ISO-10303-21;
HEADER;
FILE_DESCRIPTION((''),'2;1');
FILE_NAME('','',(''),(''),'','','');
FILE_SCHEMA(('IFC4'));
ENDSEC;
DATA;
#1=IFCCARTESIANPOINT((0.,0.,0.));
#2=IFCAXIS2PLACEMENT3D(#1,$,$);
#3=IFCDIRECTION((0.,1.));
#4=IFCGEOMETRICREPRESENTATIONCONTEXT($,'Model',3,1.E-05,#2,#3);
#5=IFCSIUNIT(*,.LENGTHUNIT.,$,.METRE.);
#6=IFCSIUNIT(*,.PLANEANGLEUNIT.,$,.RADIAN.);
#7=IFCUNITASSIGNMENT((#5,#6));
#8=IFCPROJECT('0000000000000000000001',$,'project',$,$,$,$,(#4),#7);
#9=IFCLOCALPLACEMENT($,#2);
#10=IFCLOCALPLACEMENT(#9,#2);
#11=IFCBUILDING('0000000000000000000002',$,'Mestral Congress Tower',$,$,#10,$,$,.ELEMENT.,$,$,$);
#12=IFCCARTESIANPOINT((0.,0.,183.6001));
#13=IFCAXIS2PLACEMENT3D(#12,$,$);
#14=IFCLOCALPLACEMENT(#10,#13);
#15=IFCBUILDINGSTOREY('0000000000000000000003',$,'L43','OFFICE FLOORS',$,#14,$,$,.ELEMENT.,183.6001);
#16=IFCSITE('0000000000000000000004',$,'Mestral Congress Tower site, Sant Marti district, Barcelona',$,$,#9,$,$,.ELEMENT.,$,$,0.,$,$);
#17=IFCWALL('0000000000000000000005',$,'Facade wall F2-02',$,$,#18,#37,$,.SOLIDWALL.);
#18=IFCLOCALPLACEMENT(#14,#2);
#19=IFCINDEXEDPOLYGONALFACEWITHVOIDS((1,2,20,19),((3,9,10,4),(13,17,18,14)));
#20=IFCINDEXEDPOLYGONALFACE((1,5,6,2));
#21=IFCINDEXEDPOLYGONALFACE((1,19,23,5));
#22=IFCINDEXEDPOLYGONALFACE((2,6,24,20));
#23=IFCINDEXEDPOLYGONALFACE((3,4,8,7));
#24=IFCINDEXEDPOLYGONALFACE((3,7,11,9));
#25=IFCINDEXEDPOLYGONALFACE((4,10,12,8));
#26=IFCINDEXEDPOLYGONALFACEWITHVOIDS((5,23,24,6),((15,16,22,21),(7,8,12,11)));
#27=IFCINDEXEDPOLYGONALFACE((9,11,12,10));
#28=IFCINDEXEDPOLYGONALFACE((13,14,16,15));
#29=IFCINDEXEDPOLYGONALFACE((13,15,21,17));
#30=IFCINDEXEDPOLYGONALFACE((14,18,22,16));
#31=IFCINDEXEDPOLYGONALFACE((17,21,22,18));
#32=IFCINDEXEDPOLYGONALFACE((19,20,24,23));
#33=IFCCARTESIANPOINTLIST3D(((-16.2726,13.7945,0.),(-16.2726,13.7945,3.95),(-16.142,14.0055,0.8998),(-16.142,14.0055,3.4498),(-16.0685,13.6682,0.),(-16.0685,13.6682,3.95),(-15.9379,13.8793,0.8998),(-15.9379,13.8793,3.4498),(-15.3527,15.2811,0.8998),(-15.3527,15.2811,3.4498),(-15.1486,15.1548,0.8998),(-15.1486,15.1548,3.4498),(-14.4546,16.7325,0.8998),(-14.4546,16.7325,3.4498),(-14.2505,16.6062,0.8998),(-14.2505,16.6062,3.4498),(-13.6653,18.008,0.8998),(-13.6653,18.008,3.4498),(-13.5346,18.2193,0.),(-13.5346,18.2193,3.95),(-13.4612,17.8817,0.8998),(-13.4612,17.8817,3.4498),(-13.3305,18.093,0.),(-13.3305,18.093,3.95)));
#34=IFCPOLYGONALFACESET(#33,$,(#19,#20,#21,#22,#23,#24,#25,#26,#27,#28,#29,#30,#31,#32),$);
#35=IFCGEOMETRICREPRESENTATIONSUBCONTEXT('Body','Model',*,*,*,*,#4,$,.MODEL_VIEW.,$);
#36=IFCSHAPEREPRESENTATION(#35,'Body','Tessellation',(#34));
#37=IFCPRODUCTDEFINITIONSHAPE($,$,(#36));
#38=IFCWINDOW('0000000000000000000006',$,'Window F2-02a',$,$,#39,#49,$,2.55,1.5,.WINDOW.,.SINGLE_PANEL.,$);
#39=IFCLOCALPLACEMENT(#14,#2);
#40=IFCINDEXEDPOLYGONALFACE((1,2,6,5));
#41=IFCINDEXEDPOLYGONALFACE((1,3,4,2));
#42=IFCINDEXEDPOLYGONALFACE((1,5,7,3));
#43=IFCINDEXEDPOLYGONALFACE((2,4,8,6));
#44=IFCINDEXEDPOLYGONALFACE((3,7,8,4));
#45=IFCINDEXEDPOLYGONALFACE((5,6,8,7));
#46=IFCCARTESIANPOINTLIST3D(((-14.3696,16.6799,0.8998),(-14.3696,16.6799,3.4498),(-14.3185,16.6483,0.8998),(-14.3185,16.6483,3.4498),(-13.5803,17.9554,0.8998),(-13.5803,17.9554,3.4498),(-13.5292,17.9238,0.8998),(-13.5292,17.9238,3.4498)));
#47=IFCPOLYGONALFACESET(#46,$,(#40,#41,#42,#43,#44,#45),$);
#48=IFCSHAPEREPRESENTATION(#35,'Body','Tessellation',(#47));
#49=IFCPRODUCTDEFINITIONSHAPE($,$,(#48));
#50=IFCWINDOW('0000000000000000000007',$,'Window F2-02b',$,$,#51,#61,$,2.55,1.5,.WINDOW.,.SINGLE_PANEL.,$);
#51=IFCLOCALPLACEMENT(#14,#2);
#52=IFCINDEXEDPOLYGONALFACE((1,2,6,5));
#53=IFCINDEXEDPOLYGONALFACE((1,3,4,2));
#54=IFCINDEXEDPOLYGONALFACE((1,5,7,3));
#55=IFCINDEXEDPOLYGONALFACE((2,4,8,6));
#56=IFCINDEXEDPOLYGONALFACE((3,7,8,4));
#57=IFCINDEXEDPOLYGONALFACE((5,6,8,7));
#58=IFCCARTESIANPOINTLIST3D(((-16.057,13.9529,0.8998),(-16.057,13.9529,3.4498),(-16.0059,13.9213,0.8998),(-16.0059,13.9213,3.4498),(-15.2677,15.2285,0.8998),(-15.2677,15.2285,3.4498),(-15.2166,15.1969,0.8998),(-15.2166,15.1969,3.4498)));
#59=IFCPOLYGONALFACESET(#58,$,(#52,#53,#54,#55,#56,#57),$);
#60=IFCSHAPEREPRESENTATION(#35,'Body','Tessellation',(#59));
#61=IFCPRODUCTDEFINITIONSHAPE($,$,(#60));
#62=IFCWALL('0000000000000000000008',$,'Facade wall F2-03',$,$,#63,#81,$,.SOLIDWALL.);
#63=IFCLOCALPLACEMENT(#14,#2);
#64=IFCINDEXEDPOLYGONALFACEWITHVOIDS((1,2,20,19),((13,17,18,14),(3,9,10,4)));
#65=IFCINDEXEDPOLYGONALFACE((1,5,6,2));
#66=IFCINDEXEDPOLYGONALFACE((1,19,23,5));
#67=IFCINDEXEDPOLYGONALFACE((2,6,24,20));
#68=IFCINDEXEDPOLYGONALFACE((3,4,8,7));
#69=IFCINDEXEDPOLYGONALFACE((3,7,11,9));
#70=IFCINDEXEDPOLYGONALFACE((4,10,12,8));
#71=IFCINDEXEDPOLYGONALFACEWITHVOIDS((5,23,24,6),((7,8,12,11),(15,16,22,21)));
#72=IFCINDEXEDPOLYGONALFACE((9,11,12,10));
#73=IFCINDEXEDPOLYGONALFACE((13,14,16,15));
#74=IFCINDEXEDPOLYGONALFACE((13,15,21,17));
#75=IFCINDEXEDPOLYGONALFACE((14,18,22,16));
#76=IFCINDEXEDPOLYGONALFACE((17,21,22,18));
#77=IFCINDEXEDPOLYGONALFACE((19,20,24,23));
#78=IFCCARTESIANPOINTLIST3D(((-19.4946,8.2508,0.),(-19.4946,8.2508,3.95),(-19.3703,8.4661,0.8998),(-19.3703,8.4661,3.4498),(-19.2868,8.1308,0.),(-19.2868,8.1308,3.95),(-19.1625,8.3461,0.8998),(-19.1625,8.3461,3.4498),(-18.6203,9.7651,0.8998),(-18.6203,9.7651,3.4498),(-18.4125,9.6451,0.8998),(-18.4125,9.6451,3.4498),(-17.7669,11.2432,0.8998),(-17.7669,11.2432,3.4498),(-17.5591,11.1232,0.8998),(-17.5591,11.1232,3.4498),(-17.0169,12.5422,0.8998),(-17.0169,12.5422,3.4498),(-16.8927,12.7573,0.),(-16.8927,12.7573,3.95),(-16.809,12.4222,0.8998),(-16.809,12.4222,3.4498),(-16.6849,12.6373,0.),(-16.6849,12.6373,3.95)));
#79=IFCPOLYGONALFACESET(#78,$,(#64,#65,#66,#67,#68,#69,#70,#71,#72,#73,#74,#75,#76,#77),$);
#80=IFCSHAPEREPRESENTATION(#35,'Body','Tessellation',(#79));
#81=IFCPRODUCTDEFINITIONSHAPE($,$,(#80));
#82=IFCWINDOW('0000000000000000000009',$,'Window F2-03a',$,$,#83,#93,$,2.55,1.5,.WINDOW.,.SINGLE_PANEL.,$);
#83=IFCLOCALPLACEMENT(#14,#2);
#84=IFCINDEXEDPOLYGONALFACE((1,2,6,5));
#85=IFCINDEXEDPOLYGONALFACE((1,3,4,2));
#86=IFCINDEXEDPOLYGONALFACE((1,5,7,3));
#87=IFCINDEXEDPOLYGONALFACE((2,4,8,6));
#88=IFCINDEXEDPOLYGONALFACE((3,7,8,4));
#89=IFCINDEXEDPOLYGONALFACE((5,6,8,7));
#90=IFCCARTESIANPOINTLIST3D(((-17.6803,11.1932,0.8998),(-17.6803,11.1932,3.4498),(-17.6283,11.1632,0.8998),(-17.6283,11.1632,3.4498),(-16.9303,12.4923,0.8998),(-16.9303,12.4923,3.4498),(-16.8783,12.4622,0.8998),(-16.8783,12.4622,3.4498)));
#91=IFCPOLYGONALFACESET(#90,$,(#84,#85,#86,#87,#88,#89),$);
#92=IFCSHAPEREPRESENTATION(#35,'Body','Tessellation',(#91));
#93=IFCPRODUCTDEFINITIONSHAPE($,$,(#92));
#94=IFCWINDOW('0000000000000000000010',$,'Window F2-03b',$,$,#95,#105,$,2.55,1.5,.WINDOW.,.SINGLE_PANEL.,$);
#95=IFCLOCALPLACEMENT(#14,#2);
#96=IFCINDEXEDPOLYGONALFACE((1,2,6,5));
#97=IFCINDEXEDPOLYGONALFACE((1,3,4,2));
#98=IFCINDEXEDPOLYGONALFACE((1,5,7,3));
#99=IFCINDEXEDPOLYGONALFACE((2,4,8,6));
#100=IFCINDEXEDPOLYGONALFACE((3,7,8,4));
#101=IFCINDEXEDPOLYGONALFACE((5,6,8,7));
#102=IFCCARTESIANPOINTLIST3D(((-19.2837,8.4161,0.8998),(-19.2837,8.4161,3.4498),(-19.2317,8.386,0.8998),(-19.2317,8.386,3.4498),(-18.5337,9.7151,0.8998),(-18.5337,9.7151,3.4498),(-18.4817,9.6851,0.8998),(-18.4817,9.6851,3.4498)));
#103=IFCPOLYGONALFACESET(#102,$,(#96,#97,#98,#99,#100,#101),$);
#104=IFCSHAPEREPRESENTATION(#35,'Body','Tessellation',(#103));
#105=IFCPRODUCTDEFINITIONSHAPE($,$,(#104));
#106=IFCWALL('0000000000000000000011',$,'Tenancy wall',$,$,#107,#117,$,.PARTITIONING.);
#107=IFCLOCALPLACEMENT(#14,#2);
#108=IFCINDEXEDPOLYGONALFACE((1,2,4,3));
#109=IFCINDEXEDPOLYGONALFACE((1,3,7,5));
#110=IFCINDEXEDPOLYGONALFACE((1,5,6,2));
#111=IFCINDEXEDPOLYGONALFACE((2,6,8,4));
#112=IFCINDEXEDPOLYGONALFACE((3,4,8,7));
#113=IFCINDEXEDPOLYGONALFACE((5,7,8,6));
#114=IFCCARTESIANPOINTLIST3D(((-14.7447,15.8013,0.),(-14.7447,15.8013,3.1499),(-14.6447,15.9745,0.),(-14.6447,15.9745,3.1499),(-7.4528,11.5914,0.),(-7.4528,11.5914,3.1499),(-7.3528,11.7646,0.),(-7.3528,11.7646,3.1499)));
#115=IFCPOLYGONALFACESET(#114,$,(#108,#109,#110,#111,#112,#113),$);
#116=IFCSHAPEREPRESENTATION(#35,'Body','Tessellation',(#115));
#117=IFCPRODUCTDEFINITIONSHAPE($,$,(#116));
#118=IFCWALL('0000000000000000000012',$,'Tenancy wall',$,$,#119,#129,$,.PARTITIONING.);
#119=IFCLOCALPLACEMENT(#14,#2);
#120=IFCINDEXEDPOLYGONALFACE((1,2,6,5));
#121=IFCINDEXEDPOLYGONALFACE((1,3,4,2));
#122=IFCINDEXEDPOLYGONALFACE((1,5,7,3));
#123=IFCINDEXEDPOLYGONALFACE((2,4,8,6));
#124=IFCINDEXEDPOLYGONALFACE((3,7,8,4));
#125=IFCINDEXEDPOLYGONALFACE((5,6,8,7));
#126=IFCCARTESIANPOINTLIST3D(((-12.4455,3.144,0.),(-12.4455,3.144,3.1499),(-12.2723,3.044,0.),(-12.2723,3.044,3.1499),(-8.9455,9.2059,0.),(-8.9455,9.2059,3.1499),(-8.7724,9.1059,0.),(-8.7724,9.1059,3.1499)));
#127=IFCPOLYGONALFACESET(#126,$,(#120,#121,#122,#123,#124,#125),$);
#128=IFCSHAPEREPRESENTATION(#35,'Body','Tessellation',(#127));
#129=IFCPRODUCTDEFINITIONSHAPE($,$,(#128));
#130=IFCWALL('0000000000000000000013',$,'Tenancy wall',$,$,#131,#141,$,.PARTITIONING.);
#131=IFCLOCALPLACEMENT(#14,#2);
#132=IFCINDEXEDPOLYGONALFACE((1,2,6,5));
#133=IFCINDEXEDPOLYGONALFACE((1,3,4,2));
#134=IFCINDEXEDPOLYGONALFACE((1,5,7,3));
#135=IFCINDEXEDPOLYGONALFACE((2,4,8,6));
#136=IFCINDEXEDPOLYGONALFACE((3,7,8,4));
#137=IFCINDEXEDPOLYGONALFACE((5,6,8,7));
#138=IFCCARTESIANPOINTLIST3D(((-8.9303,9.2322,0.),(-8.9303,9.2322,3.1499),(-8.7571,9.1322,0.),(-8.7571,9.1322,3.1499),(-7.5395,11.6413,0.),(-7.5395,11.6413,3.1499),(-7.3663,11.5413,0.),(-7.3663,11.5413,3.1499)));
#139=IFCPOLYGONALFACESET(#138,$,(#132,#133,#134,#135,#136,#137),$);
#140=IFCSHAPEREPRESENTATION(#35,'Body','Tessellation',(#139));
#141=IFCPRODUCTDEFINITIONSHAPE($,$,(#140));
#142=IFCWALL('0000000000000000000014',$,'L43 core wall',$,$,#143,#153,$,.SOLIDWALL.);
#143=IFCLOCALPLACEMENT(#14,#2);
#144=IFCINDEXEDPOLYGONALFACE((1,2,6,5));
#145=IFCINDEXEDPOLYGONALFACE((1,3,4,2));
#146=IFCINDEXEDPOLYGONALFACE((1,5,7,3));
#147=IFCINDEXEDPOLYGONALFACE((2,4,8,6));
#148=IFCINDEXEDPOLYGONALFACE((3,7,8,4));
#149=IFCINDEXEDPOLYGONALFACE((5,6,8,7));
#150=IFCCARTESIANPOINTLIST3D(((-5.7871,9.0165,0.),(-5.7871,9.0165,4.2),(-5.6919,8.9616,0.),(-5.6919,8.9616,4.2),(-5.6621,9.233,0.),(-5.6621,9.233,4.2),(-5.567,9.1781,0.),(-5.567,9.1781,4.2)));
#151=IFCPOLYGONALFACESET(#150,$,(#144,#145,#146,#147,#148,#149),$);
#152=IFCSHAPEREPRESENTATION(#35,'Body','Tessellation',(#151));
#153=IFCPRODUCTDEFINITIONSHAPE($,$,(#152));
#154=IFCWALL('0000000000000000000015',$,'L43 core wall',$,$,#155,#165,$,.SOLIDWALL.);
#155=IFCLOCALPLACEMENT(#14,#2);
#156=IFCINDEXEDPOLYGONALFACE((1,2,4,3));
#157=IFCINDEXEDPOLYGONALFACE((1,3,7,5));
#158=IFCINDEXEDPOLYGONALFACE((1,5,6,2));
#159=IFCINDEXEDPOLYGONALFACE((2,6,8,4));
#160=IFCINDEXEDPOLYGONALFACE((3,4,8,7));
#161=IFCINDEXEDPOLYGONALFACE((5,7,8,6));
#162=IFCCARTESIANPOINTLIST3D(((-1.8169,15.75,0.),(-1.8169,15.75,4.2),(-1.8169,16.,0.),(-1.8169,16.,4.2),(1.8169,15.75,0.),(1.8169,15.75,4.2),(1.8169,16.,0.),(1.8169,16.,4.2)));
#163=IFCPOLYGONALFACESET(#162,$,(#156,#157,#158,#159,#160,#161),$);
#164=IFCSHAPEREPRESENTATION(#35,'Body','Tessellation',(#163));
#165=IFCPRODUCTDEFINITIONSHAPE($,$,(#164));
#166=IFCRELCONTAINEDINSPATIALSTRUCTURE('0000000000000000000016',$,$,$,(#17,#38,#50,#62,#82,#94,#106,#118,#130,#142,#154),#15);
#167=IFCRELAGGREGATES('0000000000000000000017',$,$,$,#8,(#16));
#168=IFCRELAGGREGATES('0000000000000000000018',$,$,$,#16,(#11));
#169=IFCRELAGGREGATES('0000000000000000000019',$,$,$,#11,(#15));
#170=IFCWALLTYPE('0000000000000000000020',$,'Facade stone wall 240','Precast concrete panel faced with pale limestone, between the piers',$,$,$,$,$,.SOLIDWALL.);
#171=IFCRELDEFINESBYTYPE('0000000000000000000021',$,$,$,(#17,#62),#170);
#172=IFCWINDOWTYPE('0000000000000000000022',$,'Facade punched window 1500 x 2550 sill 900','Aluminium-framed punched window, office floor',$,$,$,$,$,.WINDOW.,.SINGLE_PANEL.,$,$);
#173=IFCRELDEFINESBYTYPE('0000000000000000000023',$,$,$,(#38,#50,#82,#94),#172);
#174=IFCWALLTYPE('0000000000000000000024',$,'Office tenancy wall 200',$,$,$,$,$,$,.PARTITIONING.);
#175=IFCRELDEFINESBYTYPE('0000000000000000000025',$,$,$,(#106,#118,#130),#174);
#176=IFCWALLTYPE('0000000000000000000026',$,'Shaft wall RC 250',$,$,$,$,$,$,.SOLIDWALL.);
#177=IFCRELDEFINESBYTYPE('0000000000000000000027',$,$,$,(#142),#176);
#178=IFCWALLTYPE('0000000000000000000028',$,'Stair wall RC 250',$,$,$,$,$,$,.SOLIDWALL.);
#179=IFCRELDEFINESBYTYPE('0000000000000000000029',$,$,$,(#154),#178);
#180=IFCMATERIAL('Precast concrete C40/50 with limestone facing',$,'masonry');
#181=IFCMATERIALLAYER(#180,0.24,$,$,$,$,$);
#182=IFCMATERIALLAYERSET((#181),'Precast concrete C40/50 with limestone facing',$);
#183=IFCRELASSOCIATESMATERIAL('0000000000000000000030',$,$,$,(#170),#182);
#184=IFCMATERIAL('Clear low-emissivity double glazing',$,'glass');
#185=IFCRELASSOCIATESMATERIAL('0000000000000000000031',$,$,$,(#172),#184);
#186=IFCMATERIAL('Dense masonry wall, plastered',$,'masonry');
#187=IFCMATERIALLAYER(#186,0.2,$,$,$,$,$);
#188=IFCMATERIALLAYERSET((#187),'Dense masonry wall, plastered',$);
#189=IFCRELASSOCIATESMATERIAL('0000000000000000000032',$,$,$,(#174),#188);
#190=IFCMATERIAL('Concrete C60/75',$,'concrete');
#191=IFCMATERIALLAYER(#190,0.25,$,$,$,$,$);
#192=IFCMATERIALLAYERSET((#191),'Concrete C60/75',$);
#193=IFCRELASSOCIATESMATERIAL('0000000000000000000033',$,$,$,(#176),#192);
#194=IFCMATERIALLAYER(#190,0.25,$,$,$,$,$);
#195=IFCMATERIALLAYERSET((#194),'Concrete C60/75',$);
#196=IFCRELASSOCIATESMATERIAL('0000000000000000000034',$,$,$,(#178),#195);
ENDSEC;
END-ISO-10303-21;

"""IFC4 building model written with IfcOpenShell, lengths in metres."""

from ifc_helpers import new_model, si_unit, direction, frame, frame_2d, origin, place, context, subcontext, project, spatial, rectangle, extrude, material, layer, layer_set, type_object, element, fill, save


model = new_model("IFC4")

# Units and contexts
model_context = context("Model", 3, precision=1e-05, world=origin(), true_north=direction((0.0, 1.0)))
body_context = subcontext(model_context, "Body", "Model", "MODEL_VIEW")
ifc_project = project(units=[si_unit("LENGTHUNIT", "METRE"), si_unit("PLANEANGLEUNIT", "RADIAN")], contexts=[model_context])

# Site, building, storey
site_placement = place(None, origin())
site = spatial("IfcSite", under=ifc_project, at=site_placement, Name="Mestral Congress Tower site, Sant Marti district, Barcelona", CompositionType="ELEMENT", RefElevation=0.0)
building_placement = place(site_placement, origin())
building = spatial("IfcBuilding", under=site, at=building_placement, Name="Mestral Congress Tower", CompositionType="ELEMENT")
storey_placement = place(building_placement, frame((0.0, 0.0, 183.6001)))
storey = spatial("IfcBuildingStorey", under=building, at=storey_placement, Name="L43", Description="OFFICE FLOORS", CompositionType="ELEMENT", Elevation=183.6001)

# Shared definitions
ifc_material_1 = material(Name="Concrete C60/75", Category="concrete")

# Walls, openings, windows
ifc_material_2 = material(Name="Precast concrete C40/50 with limestone facing", Category="masonry")
ifc_layer_1 = layer(ifc_material_2, 0.24)
ifc_layer_set_1 = layer_set([ifc_layer_1], Name="Precast concrete C40/50 with limestone facing")
wall_type_1 = type_object("IfcWallType", Name="Facade stone wall 240", Description="Precast concrete panel faced with pale limestone, between the piers", PredefinedType="SOLIDWALL", material=ifc_layer_set_1)
wall_1_placement = place(storey_placement, frame((-13.4326, 18.156, 0.0), z_axis=(0.0, 0.0, 1.0), x_axis=(-0.526198, -0.850362, 0.0)))
wall_1 = element("IfcWall", 1, at=wall_1_placement, inside=storey, type_object=wall_type_1, Name="Facade wall F2-02", PredefinedType="SOLIDWALL", context=body_context, shape_type="SweptSolid", body=[
    extrude(rectangle(XDim=5.2034, YDim=0.24, at=frame_2d((2.6016, 0.0))), origin(), (0.0, 0.0, 1.0), 3.95),
])
opening_1_placement = place(wall_1_placement, frame((0.2483, 0.0, 0.8999)))
opening_1 = element("IfcOpeningElement", 2, at=opening_1_placement, cuts=wall_1, PredefinedType="OPENING", context=body_context, shape_type="SweptSolid", body=[
    extrude(rectangle(XDim=1.5, YDim=2.55, at=frame_2d((0.75, 1.2749))), frame((0.0, 0.1299, 0.0), z_axis=(0.0, -1.0, 0.0), x_axis=(1.0, 0.0, 0.0)), (0.0, 0.0, 1.0), 0.26),
])
opening_2_placement = place(wall_1_placement, frame((3.4551, 0.0, 0.8999)))
opening_2 = element("IfcOpeningElement", 3, at=opening_2_placement, cuts=wall_1, PredefinedType="OPENING", context=body_context, shape_type="SweptSolid", body=[
    extrude(rectangle(XDim=1.5, YDim=2.55, at=frame_2d((0.75, 1.2749))), frame((0.0, 0.1299, 0.0), z_axis=(0.0, -1.0, 0.0), x_axis=(1.0, 0.0, 0.0)), (0.0, 0.0, 1.0), 0.26),
])
ifc_material_3 = material(Name="Clear low-emissivity double glazing", Category="glass")
window_type = type_object("IfcWindowType", Name="Facade punched window 1500 x 2550 sill 900", Description="Aluminium-framed punched window, office floor", PartitioningType="SINGLE_PANEL", PredefinedType="WINDOW", material=ifc_material_3)
window_1_placement = place(opening_1_placement, origin())
window_1 = element("IfcWindow", 4, at=window_1_placement, inside=storey, type_object=window_type, Name="Window F2-02a", OverallHeight=2.55, OverallWidth=1.5, PartitioningType="SINGLE_PANEL", PredefinedType="WINDOW", context=body_context, shape_type="SweptSolid", body=[
    extrude(rectangle(XDim=1.5, YDim=2.55, at=frame_2d((0.75, 1.2749))), frame((0.0, 0.04, 0.0), z_axis=(0.0, -1.0, 0.0), x_axis=(1.0, 0.0, 0.0)), (0.0, 0.0, 1.0), 0.0601),
])
fill(opening_1, window_1)
window_2_placement = place(opening_2_placement, origin())
window_2 = element("IfcWindow", 5, at=window_2_placement, inside=storey, type_object=window_type, Name="Window F2-02b", OverallHeight=2.55, OverallWidth=1.5, PartitioningType="SINGLE_PANEL", PredefinedType="WINDOW", context=body_context, shape_type="SweptSolid", body=[
    extrude(rectangle(XDim=1.5, YDim=2.55, at=frame_2d((0.75, 1.2749))), frame((0.0, 0.04, 0.0), z_axis=(0.0, -1.0, 0.0), x_axis=(1.0, 0.0, 0.0)), (0.0, 0.0, 1.0), 0.0601),
])
fill(opening_2, window_2)
wall_2_placement = place(storey_placement, frame((-16.7888, 12.6973, 0.0), z_axis=(0.0, 0.0, 1.0), x_axis=(-0.500009, -0.86602, 0.0)))
wall_2 = element("IfcWall", 6, at=wall_2_placement, inside=storey, type_object=wall_type_1, Name="Facade wall F2-03", PredefinedType="SOLIDWALL", context=body_context, shape_type="SweptSolid", body=[
    extrude(rectangle(XDim=5.2036, YDim=0.24, at=frame_2d((2.6018, 0.0))), origin(), (0.0, 0.0, 1.0), 3.95),
])
opening_3_placement = place(wall_2_placement, frame((0.2483, 0.0, 0.8999)))
opening_3 = element("IfcOpeningElement", 7, at=opening_3_placement, cuts=wall_2, PredefinedType="OPENING", context=body_context, shape_type="SweptSolid", body=[
    extrude(rectangle(XDim=1.5, YDim=2.55, at=frame_2d((0.75, 1.2749))), frame((0.0, 0.1299, 0.0), z_axis=(0.0, -1.0, 0.0), x_axis=(1.0, 0.0, 0.0)), (0.0, 0.0, 1.0), 0.26),
])
opening_4_placement = place(wall_2_placement, frame((3.4551, 0.0, 0.8999)))
opening_4 = element("IfcOpeningElement", 8, at=opening_4_placement, cuts=wall_2, PredefinedType="OPENING", context=body_context, shape_type="SweptSolid", body=[
    extrude(rectangle(XDim=1.5, YDim=2.55, at=frame_2d((0.75, 1.2749))), frame((0.0, 0.1299, 0.0), z_axis=(0.0, -1.0, 0.0), x_axis=(1.0, 0.0, 0.0)), (0.0, 0.0, 1.0), 0.26),
])
window_3_placement = place(opening_3_placement, origin())
window_3 = element("IfcWindow", 9, at=window_3_placement, inside=storey, type_object=window_type, Name="Window F2-03a", OverallHeight=2.55, OverallWidth=1.5, PartitioningType="SINGLE_PANEL", PredefinedType="WINDOW", context=body_context, shape_type="SweptSolid", body=[
    extrude(rectangle(XDim=1.5, YDim=2.55, at=frame_2d((0.75, 1.2749))), frame((0.0, 0.04, 0.0), z_axis=(0.0, -1.0, 0.0), x_axis=(1.0, 0.0, 0.0)), (0.0, 0.0, 1.0), 0.0601),
])
fill(opening_3, window_3)
window_4_placement = place(opening_4_placement, origin())
window_4 = element("IfcWindow", 10, at=window_4_placement, inside=storey, type_object=window_type, Name="Window F2-03b", OverallHeight=2.55, OverallWidth=1.5, PartitioningType="SINGLE_PANEL", PredefinedType="WINDOW", context=body_context, shape_type="SweptSolid", body=[
    extrude(rectangle(XDim=1.5, YDim=2.55, at=frame_2d((0.75, 1.2749))), frame((0.0, 0.04, 0.0), z_axis=(0.0, -1.0, 0.0), x_axis=(1.0, 0.0, 0.0)), (0.0, 0.0, 1.0), 0.0601),
])
fill(opening_4, window_4)

# Walls
ifc_material_4 = material(Name="Dense masonry wall, plastered", Category="masonry")
ifc_layer_2 = layer(ifc_material_4, 0.2)
ifc_layer_set_2 = layer_set([ifc_layer_2], Name="Dense masonry wall, plastered")
wall_type_2 = type_object("IfcWallType", Name="Office tenancy wall 200", PredefinedType="PARTITIONING", material=ifc_layer_set_2)
wall_3_placement = place(storey_placement, frame((-7.4028, 11.678, 0.0), z_axis=(0.0, 0.0, 1.0), x_axis=(-0.866029, 0.499994, 0.0)))
element("IfcWall", 11, at=wall_3_placement, inside=storey, type_object=wall_type_2, Name="Tenancy wall", PredefinedType="PARTITIONING", context=body_context, shape_type="SweptSolid", body=[
    extrude(rectangle(XDim=8.4199, YDim=0.2, at=frame_2d((4.21, 0.0))), origin(), (0.0, 0.0, 1.0), 3.1499),
])
wall_4_placement = place(storey_placement, frame((-8.8589, 9.156, 0.0), z_axis=(0.0, 0.0, 1.0), x_axis=(-0.50001, -0.866019, 0.0)))
element("IfcWall", 12, at=wall_4_placement, inside=storey, type_object=wall_type_2, Name="Tenancy wall", PredefinedType="PARTITIONING", context=body_context, shape_type="SweptSolid", body=[
    extrude(rectangle(XDim=6.9998, YDim=0.2, at=frame_2d((3.5, 0.0))), origin(), (0.0, 0.0, 1.0), 3.1499),
])
wall_5_placement = place(storey_placement, frame((-7.4529, 11.5913, 0.0), z_axis=(0.0, 0.0, 1.0), x_axis=(-0.499981, -0.866037, 0.0)))
element("IfcWall", 13, at=wall_5_placement, inside=storey, type_object=wall_type_2, Name="Tenancy wall", PredefinedType="PARTITIONING", context=body_context, shape_type="SweptSolid", body=[
    extrude(rectangle(XDim=2.7817, YDim=0.2, at=frame_2d((1.3909, 0.0))), origin(), (0.0, 0.0, 1.0), 3.1499),
])
ifc_layer_3 = layer(ifc_material_1, 0.25)
ifc_layer_set_3 = layer_set([ifc_layer_3], Name="Concrete C60/75")
wall_type_3 = type_object("IfcWallType", Name="Shaft wall RC 250", PredefinedType="SOLIDWALL", material=ifc_layer_set_3)
wall_6_placement = place(storey_placement, frame((-5.7246, 9.1248, 0.0), z_axis=(0.0, 0.0, 1.0), x_axis=(0.866186, -0.499722, 0.0)))
element("IfcWall", 14, at=wall_6_placement, inside=storey, type_object=wall_type_3, Name="L43 core wall", PredefinedType="SOLIDWALL", context=body_context, shape_type="SweptSolid", body=[
    extrude(rectangle(XDim=0.1099, YDim=0.25, at=frame_2d((0.0549, 0.0))), origin(), (0.0, 0.0, 1.0), 4.2),
])
ifc_layer_4 = layer(ifc_material_1, 0.25)
ifc_layer_set_4 = layer_set([ifc_layer_4], Name="Concrete C60/75")
wall_type_4 = type_object("IfcWallType", Name="Stair wall RC 250", PredefinedType="SOLIDWALL", material=ifc_layer_set_4)
wall_7_placement = place(storey_placement, frame((-1.8169, 15.875, 0.0), z_axis=(0.0, 0.0, 1.0), x_axis=(1.0, 0.0, 0.0)))
element("IfcWall", 15, at=wall_7_placement, inside=storey, type_object=wall_type_4, Name="L43 core wall", PredefinedType="SOLIDWALL", context=body_context, shape_type="SweptSolid", body=[
    extrude(rectangle(XDim=3.6338, YDim=0.25, at=frame_2d((1.8169, 0.0))), origin(), (0.0, 0.0, 1.0), 4.2),
])

save(model, "model.ifc")
